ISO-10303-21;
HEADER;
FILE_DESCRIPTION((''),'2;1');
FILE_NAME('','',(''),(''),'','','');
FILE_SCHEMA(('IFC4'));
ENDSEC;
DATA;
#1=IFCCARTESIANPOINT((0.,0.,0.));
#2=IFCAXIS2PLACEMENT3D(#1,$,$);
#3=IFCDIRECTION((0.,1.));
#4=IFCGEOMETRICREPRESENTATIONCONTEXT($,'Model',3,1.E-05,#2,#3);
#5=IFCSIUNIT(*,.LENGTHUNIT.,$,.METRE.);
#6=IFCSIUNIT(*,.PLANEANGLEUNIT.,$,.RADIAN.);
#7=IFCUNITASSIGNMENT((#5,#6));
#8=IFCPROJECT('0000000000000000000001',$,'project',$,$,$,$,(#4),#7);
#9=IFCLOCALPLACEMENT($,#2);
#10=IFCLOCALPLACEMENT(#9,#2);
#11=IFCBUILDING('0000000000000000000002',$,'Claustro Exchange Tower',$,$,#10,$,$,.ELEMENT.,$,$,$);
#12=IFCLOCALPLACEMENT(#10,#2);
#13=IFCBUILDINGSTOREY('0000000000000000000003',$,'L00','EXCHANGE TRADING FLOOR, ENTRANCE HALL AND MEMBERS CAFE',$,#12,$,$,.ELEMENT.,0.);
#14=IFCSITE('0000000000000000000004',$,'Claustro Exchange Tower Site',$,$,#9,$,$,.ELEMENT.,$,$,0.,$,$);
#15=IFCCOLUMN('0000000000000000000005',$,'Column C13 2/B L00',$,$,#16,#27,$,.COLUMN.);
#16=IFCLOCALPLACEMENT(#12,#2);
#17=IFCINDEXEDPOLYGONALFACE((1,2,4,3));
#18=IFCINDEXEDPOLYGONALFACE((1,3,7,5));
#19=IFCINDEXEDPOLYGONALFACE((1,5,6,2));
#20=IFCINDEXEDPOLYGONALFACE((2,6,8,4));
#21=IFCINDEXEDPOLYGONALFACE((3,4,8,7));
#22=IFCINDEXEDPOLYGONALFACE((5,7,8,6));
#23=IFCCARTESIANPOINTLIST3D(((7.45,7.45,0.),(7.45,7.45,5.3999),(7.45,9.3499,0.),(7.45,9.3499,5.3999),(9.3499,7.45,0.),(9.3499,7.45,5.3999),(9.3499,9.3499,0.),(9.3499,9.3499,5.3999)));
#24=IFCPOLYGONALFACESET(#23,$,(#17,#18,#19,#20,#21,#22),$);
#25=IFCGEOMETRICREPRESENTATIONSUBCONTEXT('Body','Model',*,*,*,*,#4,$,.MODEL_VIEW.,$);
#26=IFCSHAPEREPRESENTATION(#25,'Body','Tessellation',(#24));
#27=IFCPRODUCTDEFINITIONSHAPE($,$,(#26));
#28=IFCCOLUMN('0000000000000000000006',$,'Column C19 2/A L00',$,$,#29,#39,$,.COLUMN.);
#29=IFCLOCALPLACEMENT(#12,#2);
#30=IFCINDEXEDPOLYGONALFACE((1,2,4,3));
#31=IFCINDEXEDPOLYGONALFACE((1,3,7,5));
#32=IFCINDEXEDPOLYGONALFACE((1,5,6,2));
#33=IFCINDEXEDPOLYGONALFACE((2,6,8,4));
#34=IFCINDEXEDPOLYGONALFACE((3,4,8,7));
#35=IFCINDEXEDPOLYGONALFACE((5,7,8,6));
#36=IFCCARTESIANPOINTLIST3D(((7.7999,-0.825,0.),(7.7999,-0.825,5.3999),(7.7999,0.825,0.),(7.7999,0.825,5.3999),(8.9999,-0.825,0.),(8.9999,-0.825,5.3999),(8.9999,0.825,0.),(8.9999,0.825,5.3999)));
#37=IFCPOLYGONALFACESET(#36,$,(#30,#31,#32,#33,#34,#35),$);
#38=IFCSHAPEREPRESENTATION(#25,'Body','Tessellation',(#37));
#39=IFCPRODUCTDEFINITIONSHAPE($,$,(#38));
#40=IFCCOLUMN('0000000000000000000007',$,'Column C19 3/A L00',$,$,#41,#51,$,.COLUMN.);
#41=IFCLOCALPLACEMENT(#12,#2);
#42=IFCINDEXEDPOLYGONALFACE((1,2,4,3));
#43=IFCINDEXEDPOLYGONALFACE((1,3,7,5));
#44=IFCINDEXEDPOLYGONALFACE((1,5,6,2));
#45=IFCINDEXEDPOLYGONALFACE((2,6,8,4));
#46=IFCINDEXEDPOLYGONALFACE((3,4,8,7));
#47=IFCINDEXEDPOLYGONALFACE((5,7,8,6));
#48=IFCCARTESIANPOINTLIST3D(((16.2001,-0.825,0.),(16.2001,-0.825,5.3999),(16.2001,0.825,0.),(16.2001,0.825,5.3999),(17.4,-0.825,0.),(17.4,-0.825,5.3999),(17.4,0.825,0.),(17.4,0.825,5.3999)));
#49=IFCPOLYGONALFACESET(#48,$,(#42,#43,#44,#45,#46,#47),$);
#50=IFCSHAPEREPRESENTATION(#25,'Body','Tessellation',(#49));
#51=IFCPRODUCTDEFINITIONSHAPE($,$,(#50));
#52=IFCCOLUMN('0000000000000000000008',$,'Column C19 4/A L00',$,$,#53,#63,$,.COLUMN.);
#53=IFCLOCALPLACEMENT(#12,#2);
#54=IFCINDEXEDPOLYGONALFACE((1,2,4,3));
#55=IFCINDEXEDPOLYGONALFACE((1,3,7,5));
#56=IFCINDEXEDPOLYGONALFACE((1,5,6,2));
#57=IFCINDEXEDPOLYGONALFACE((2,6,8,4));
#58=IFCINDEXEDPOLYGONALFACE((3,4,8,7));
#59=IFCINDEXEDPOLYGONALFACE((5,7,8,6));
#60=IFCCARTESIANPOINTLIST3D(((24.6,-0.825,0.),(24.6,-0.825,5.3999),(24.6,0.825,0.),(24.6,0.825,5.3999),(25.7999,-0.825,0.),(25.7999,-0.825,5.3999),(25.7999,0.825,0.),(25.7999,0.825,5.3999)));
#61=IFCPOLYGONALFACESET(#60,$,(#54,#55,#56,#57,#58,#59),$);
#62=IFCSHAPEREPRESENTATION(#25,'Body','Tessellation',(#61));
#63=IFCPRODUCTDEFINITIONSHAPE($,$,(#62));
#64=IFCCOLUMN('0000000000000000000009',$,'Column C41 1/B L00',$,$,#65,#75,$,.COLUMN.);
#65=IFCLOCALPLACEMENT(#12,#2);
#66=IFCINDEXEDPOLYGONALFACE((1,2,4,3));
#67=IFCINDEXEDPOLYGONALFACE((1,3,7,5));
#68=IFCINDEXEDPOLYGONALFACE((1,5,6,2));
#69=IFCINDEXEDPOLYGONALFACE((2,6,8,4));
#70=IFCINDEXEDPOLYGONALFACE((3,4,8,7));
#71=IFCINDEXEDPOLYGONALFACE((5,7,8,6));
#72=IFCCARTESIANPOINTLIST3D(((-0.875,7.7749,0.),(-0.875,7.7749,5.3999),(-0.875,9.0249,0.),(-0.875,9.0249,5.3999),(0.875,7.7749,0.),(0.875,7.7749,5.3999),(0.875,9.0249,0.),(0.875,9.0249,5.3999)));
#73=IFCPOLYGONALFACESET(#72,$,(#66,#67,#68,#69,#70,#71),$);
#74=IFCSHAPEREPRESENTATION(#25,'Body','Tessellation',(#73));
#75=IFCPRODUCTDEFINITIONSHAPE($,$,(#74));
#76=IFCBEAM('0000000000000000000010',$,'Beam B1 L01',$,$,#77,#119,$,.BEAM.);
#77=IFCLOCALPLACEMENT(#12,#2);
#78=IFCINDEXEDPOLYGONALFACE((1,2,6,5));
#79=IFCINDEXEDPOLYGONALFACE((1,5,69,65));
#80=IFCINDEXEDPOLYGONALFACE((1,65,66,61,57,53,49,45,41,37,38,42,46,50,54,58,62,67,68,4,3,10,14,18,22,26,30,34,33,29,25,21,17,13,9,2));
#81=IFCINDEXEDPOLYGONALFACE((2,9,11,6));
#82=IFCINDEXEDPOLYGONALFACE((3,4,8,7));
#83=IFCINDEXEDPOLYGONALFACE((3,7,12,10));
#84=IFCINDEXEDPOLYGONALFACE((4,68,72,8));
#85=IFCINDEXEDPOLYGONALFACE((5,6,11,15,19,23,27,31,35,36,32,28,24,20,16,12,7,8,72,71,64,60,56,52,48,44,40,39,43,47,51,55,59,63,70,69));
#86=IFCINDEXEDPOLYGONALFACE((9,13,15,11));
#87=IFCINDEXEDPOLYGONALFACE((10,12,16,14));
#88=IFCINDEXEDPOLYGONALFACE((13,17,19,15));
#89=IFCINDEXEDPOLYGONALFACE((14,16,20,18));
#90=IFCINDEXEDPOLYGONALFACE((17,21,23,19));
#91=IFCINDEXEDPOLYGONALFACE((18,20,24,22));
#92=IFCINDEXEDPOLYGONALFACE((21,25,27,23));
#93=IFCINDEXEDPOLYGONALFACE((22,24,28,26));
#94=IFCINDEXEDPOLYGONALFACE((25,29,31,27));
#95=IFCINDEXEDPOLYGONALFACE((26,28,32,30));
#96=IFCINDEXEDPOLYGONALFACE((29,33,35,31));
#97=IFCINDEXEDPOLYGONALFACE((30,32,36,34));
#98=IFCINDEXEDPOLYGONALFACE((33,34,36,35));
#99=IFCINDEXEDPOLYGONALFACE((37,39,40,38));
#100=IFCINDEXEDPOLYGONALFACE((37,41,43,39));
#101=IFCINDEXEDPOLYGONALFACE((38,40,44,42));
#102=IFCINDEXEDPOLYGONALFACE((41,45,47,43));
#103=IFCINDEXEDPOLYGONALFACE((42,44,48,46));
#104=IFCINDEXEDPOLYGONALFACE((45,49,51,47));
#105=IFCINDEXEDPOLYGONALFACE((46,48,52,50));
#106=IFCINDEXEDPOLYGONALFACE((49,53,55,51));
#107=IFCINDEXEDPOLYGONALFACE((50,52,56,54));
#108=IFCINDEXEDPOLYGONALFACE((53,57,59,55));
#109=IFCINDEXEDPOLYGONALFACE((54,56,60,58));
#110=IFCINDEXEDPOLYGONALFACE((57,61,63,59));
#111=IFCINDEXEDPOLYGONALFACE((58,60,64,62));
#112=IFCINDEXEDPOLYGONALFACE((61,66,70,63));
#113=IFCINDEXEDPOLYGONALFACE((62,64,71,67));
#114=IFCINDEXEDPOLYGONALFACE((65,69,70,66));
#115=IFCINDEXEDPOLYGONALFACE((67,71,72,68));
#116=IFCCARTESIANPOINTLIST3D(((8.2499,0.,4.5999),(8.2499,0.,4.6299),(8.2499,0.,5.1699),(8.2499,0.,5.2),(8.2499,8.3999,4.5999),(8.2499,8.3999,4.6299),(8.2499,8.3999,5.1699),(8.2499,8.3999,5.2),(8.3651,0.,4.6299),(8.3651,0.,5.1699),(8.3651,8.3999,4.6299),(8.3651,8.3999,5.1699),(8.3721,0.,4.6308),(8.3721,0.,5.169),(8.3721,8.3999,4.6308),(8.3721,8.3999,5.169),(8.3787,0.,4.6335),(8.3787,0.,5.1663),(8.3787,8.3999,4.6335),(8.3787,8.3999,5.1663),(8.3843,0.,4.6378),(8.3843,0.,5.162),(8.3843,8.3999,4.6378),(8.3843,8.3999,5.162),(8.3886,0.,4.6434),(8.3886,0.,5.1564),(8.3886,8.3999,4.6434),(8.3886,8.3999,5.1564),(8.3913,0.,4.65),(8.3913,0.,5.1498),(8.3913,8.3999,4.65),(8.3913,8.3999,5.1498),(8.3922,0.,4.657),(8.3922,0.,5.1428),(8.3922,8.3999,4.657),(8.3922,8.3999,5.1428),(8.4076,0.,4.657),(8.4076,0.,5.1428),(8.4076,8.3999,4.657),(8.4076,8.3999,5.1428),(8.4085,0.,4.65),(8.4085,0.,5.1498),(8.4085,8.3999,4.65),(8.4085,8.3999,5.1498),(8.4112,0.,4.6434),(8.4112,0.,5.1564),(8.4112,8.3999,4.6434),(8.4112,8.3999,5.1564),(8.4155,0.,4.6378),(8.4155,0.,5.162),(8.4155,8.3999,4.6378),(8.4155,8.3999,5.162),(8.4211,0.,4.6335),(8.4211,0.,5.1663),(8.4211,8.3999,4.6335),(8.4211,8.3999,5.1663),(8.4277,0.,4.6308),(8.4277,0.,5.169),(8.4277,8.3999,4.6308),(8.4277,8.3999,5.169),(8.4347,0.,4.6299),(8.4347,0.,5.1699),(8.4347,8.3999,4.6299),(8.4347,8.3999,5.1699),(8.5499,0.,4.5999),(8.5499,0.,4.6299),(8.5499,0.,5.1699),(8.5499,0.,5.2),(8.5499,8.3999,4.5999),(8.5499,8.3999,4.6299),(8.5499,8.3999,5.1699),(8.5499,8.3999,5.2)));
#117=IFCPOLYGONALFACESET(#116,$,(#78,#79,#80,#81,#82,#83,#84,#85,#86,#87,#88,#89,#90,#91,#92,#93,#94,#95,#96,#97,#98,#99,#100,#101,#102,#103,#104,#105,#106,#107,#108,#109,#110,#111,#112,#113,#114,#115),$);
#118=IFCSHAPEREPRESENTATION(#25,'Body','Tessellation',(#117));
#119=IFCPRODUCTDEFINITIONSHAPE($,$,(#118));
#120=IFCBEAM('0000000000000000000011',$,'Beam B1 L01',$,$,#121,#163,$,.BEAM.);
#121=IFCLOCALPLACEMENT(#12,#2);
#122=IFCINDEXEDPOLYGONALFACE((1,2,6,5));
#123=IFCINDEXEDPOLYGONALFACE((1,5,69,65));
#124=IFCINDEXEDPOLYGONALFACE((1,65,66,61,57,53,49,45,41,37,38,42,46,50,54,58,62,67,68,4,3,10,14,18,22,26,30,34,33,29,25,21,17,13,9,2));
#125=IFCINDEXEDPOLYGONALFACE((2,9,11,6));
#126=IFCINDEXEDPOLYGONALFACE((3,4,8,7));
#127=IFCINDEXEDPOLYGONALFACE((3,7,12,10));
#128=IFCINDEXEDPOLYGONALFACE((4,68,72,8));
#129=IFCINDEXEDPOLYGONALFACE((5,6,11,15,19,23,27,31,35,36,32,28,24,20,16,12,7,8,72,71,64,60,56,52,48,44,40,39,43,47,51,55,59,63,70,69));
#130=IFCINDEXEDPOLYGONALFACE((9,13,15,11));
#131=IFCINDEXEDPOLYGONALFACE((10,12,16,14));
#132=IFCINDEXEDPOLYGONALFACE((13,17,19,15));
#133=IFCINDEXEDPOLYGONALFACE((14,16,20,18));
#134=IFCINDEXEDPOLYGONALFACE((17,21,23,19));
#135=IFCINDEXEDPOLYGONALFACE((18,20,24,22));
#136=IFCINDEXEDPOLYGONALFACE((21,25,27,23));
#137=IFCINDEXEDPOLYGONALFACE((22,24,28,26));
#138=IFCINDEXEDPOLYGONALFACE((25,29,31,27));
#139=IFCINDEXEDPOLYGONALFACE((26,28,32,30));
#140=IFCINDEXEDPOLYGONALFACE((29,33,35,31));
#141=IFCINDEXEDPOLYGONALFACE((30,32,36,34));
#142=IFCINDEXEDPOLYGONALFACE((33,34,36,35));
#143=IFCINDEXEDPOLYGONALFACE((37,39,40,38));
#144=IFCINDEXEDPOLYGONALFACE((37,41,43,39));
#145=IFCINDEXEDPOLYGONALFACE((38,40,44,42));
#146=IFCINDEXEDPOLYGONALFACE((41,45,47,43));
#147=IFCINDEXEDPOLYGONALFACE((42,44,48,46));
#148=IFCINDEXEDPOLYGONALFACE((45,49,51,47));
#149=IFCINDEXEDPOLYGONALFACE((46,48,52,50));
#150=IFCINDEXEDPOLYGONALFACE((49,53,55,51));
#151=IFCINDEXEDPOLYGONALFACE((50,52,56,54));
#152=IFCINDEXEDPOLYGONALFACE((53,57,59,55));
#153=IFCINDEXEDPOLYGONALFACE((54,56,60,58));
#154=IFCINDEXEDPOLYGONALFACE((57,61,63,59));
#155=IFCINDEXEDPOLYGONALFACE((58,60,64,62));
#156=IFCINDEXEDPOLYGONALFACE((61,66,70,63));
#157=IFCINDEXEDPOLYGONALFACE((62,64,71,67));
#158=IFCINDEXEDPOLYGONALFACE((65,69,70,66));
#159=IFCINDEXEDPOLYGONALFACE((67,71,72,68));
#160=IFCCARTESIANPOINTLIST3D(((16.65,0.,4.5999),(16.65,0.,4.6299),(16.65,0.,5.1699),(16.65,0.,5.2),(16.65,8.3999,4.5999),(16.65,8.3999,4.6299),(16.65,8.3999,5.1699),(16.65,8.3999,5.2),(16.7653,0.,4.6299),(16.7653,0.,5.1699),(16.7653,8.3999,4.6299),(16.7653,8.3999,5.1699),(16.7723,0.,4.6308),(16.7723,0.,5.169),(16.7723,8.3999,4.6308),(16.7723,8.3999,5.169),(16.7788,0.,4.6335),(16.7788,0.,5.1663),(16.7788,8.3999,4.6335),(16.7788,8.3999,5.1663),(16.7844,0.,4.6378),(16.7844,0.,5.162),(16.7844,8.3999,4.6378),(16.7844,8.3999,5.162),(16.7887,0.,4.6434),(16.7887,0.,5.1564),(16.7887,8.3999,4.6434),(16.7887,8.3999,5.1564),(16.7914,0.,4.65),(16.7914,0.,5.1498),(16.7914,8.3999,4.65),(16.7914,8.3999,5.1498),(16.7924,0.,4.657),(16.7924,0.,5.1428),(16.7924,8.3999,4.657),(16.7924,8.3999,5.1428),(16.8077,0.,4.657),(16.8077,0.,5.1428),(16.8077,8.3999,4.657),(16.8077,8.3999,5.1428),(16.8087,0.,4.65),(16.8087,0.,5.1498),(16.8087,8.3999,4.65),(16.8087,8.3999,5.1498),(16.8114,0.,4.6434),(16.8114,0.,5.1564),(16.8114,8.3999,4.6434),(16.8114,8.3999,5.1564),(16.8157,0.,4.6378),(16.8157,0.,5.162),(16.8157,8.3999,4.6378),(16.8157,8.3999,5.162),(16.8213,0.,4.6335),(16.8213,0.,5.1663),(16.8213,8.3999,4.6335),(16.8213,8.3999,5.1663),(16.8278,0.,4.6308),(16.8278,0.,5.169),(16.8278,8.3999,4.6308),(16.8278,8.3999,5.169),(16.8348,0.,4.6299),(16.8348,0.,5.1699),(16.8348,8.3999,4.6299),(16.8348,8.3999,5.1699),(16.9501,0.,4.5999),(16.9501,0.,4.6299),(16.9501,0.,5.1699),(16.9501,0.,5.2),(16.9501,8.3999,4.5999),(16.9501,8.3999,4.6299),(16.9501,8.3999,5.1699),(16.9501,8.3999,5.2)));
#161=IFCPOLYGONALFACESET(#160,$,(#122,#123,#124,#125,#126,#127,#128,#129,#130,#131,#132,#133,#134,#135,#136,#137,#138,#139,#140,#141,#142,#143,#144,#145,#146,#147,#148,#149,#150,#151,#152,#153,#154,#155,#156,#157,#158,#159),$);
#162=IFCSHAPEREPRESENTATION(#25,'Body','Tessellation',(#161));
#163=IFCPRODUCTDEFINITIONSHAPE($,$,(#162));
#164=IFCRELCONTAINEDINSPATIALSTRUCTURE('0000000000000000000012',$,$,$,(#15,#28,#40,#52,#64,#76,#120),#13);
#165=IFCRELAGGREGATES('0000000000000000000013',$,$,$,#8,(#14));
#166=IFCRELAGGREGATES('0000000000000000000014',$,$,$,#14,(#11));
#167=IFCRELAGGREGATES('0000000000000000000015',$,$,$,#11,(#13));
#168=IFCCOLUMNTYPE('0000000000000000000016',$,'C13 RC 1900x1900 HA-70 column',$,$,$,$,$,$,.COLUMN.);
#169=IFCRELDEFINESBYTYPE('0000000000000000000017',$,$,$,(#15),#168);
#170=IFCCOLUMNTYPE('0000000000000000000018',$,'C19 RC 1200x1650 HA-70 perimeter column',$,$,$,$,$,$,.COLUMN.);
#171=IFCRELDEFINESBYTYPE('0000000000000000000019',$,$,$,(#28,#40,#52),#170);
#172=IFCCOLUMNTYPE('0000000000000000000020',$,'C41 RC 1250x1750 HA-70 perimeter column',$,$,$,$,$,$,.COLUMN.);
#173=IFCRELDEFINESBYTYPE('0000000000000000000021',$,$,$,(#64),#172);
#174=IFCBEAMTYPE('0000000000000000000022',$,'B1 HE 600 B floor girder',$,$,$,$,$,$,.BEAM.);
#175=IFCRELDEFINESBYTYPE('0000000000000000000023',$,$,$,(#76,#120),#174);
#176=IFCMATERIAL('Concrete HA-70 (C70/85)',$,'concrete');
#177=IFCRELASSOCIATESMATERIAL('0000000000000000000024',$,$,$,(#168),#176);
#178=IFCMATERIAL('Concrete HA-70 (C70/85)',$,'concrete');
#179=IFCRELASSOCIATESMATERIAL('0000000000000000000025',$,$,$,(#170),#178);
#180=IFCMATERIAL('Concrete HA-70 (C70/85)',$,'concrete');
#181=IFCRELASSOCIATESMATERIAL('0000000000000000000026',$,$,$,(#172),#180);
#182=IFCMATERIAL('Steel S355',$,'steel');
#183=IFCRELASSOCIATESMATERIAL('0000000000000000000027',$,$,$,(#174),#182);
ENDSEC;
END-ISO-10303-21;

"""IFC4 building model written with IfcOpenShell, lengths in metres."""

from ifc_helpers import new_model, si_unit, direction, frame, origin, origin_2d, place, context, subcontext, project, spatial, rectangle, i_section, extrude, material, material_profile, profile_set, type_object, element, save


model = new_model("IFC4")

# Units and contexts
model_context = context("Model", 3, precision=1e-05, world=origin(), true_north=direction((0.0, 1.0)))
body_context = subcontext(model_context, "Body", "Model", "MODEL_VIEW")
ifc_project = project(units=[si_unit("LENGTHUNIT", "METRE"), si_unit("PLANEANGLEUNIT", "RADIAN")], contexts=[model_context])

# Site, building, storey
site_placement = place(None, origin())
site = spatial("IfcSite", under=ifc_project, at=site_placement, Name="Claustro Exchange Tower Site", CompositionType="ELEMENT", RefElevation=0.0)
building_placement = place(site_placement, origin())
building = spatial("IfcBuilding", under=site, at=building_placement, Name="Claustro Exchange Tower", CompositionType="ELEMENT")
storey_placement = place(building_placement, origin())
storey = spatial("IfcBuildingStorey", under=building, at=storey_placement, Name="L00", Description="EXCHANGE TRADING FLOOR, ENTRANCE HALL AND MEMBERS CAFE", CompositionType="ELEMENT", Elevation=0.0)

# Columns
ifc_material_1 = material(Name="Concrete HA-70 (C70/85)", Category="concrete")
ifc_material_profile_1 = material_profile(ifc_material_1, rectangle(XDim=1.8999, YDim=1.8999, at=origin_2d()), Name="RC 1900x1900")
ifc_profile_set_1 = profile_set([ifc_material_profile_1], Name="Concrete HA-70 (C70/85)")
column_type_1 = type_object("IfcColumnType", Name="C13 RC 1900x1900 HA-70 column", PredefinedType="COLUMN", material=ifc_profile_set_1)
column_1_placement = place(storey_placement, frame((8.3999, 8.3999, 0.0), z_axis=(0.0, 0.0, 1.0), x_axis=(1.0, 0.0, 0.0)))
element("IfcColumn", 1, at=column_1_placement, inside=storey, type_object=column_type_1, Name="Column C13 2/B L00", PredefinedType="COLUMN", context=body_context, shape_type="SweptSolid", body=[
    extrude(rectangle(XDim=1.8999, YDim=1.8999, at=origin_2d()), origin(), (0.0, 0.0, 1.0), 5.3999),
])
ifc_material_2 = material(Name="Concrete HA-70 (C70/85)", Category="concrete")
ifc_material_profile_2 = material_profile(ifc_material_2, rectangle(XDim=1.2, YDim=1.6499, at=origin_2d()), Name="RC 1200x1650")
ifc_profile_set_2 = profile_set([ifc_material_profile_2], Name="Concrete HA-70 (C70/85)")
column_type_2 = type_object("IfcColumnType", Name="C19 RC 1200x1650 HA-70 perimeter column", PredefinedType="COLUMN", material=ifc_profile_set_2)
for number, where, z_axis, x_axis, name in (
    (2, (8.3999, 0.0, 0.0), (0.0, 0.0, 1.0), (1.0, 0.0, 0.0), "Column C19 2/A L00"),
    (3, (16.8, 0.0, 0.0), (0.0, 0.0, 1.0), (1.0, 0.0, 0.0), "Column C19 3/A L00"),
    (4, (25.2, 0.0, 0.0), (0.0, 0.0, 1.0), (1.0, 0.0, 0.0), "Column C19 4/A L00"),
):
    element("IfcColumn", number, at=place(storey_placement, frame(where, z_axis=z_axis, x_axis=x_axis)), inside=storey, type_object=column_type_2, Name=name, PredefinedType="COLUMN", context=body_context, shape_type="SweptSolid", body=[
        extrude(rectangle(XDim=1.2, YDim=1.6499, at=origin_2d()), origin(), (0.0, 0.0, 1.0), 5.3999),
    ])
ifc_material_3 = material(Name="Concrete HA-70 (C70/85)", Category="concrete")
ifc_material_profile_3 = material_profile(ifc_material_3, rectangle(XDim=1.25, YDim=1.75, at=origin_2d()), Name="RC 1250x1750")
ifc_profile_set_3 = profile_set([ifc_material_profile_3], Name="Concrete HA-70 (C70/85)")
column_type_3 = type_object("IfcColumnType", Name="C41 RC 1250x1750 HA-70 perimeter column", PredefinedType="COLUMN", material=ifc_profile_set_3)
column_2_placement = place(storey_placement, frame((0.0, 8.3999, 0.0), z_axis=(0.0, 0.0, 1.0), x_axis=(0.0, 1.0, 0.0)))
element("IfcColumn", 5, at=column_2_placement, inside=storey, type_object=column_type_3, Name="Column C41 1/B L00", PredefinedType="COLUMN", context=body_context, shape_type="SweptSolid", body=[
    extrude(rectangle(XDim=1.25, YDim=1.75, at=origin_2d()), origin(), (0.0, 0.0, 1.0), 5.3999),
])

# Beams
ifc_material_4 = material(Name="Steel S355", Category="steel")
ifc_material_profile_4 = material_profile(ifc_material_4, i_section(OverallWidth=0.3, OverallDepth=0.6001, WebThickness=0.0154, FlangeThickness=0.03, FilletRadius=0.0271, at=origin_2d()), Name="HE 600 B")
ifc_profile_set_4 = profile_set([ifc_material_profile_4], Name="Steel S355")
beam_type_1 = type_object("IfcBeamType", Name="B1 HE 600 B floor girder", PredefinedType="BEAM", material=ifc_profile_set_4)
for number, where, z_axis, x_axis, name in (
    (6, (8.3999, 0.0, 4.8999), (0.0, 1.0, 0.0), (-1.0, 0.0, 0.0), "Beam B1 L01"),
    (7, (16.8, 0.0, 4.8999), (0.0, 1.0, 0.0), (-1.0, 0.0, 0.0), "Beam B1 L01"),
):
    element("IfcBeam", number, at=place(storey_placement, frame(where, z_axis=z_axis, x_axis=x_axis)), inside=storey, type_object=beam_type_1, Name=name, PredefinedType="BEAM", context=body_context, shape_type="SweptSolid", body=[
        extrude(i_section(OverallWidth=0.3, OverallDepth=0.6001, WebThickness=0.0154, FlangeThickness=0.03, FilletRadius=0.0271, at=origin_2d()), origin(), (0.0, 0.0, 1.0), 8.3999),
    ])

save(model, "model.ifc")
